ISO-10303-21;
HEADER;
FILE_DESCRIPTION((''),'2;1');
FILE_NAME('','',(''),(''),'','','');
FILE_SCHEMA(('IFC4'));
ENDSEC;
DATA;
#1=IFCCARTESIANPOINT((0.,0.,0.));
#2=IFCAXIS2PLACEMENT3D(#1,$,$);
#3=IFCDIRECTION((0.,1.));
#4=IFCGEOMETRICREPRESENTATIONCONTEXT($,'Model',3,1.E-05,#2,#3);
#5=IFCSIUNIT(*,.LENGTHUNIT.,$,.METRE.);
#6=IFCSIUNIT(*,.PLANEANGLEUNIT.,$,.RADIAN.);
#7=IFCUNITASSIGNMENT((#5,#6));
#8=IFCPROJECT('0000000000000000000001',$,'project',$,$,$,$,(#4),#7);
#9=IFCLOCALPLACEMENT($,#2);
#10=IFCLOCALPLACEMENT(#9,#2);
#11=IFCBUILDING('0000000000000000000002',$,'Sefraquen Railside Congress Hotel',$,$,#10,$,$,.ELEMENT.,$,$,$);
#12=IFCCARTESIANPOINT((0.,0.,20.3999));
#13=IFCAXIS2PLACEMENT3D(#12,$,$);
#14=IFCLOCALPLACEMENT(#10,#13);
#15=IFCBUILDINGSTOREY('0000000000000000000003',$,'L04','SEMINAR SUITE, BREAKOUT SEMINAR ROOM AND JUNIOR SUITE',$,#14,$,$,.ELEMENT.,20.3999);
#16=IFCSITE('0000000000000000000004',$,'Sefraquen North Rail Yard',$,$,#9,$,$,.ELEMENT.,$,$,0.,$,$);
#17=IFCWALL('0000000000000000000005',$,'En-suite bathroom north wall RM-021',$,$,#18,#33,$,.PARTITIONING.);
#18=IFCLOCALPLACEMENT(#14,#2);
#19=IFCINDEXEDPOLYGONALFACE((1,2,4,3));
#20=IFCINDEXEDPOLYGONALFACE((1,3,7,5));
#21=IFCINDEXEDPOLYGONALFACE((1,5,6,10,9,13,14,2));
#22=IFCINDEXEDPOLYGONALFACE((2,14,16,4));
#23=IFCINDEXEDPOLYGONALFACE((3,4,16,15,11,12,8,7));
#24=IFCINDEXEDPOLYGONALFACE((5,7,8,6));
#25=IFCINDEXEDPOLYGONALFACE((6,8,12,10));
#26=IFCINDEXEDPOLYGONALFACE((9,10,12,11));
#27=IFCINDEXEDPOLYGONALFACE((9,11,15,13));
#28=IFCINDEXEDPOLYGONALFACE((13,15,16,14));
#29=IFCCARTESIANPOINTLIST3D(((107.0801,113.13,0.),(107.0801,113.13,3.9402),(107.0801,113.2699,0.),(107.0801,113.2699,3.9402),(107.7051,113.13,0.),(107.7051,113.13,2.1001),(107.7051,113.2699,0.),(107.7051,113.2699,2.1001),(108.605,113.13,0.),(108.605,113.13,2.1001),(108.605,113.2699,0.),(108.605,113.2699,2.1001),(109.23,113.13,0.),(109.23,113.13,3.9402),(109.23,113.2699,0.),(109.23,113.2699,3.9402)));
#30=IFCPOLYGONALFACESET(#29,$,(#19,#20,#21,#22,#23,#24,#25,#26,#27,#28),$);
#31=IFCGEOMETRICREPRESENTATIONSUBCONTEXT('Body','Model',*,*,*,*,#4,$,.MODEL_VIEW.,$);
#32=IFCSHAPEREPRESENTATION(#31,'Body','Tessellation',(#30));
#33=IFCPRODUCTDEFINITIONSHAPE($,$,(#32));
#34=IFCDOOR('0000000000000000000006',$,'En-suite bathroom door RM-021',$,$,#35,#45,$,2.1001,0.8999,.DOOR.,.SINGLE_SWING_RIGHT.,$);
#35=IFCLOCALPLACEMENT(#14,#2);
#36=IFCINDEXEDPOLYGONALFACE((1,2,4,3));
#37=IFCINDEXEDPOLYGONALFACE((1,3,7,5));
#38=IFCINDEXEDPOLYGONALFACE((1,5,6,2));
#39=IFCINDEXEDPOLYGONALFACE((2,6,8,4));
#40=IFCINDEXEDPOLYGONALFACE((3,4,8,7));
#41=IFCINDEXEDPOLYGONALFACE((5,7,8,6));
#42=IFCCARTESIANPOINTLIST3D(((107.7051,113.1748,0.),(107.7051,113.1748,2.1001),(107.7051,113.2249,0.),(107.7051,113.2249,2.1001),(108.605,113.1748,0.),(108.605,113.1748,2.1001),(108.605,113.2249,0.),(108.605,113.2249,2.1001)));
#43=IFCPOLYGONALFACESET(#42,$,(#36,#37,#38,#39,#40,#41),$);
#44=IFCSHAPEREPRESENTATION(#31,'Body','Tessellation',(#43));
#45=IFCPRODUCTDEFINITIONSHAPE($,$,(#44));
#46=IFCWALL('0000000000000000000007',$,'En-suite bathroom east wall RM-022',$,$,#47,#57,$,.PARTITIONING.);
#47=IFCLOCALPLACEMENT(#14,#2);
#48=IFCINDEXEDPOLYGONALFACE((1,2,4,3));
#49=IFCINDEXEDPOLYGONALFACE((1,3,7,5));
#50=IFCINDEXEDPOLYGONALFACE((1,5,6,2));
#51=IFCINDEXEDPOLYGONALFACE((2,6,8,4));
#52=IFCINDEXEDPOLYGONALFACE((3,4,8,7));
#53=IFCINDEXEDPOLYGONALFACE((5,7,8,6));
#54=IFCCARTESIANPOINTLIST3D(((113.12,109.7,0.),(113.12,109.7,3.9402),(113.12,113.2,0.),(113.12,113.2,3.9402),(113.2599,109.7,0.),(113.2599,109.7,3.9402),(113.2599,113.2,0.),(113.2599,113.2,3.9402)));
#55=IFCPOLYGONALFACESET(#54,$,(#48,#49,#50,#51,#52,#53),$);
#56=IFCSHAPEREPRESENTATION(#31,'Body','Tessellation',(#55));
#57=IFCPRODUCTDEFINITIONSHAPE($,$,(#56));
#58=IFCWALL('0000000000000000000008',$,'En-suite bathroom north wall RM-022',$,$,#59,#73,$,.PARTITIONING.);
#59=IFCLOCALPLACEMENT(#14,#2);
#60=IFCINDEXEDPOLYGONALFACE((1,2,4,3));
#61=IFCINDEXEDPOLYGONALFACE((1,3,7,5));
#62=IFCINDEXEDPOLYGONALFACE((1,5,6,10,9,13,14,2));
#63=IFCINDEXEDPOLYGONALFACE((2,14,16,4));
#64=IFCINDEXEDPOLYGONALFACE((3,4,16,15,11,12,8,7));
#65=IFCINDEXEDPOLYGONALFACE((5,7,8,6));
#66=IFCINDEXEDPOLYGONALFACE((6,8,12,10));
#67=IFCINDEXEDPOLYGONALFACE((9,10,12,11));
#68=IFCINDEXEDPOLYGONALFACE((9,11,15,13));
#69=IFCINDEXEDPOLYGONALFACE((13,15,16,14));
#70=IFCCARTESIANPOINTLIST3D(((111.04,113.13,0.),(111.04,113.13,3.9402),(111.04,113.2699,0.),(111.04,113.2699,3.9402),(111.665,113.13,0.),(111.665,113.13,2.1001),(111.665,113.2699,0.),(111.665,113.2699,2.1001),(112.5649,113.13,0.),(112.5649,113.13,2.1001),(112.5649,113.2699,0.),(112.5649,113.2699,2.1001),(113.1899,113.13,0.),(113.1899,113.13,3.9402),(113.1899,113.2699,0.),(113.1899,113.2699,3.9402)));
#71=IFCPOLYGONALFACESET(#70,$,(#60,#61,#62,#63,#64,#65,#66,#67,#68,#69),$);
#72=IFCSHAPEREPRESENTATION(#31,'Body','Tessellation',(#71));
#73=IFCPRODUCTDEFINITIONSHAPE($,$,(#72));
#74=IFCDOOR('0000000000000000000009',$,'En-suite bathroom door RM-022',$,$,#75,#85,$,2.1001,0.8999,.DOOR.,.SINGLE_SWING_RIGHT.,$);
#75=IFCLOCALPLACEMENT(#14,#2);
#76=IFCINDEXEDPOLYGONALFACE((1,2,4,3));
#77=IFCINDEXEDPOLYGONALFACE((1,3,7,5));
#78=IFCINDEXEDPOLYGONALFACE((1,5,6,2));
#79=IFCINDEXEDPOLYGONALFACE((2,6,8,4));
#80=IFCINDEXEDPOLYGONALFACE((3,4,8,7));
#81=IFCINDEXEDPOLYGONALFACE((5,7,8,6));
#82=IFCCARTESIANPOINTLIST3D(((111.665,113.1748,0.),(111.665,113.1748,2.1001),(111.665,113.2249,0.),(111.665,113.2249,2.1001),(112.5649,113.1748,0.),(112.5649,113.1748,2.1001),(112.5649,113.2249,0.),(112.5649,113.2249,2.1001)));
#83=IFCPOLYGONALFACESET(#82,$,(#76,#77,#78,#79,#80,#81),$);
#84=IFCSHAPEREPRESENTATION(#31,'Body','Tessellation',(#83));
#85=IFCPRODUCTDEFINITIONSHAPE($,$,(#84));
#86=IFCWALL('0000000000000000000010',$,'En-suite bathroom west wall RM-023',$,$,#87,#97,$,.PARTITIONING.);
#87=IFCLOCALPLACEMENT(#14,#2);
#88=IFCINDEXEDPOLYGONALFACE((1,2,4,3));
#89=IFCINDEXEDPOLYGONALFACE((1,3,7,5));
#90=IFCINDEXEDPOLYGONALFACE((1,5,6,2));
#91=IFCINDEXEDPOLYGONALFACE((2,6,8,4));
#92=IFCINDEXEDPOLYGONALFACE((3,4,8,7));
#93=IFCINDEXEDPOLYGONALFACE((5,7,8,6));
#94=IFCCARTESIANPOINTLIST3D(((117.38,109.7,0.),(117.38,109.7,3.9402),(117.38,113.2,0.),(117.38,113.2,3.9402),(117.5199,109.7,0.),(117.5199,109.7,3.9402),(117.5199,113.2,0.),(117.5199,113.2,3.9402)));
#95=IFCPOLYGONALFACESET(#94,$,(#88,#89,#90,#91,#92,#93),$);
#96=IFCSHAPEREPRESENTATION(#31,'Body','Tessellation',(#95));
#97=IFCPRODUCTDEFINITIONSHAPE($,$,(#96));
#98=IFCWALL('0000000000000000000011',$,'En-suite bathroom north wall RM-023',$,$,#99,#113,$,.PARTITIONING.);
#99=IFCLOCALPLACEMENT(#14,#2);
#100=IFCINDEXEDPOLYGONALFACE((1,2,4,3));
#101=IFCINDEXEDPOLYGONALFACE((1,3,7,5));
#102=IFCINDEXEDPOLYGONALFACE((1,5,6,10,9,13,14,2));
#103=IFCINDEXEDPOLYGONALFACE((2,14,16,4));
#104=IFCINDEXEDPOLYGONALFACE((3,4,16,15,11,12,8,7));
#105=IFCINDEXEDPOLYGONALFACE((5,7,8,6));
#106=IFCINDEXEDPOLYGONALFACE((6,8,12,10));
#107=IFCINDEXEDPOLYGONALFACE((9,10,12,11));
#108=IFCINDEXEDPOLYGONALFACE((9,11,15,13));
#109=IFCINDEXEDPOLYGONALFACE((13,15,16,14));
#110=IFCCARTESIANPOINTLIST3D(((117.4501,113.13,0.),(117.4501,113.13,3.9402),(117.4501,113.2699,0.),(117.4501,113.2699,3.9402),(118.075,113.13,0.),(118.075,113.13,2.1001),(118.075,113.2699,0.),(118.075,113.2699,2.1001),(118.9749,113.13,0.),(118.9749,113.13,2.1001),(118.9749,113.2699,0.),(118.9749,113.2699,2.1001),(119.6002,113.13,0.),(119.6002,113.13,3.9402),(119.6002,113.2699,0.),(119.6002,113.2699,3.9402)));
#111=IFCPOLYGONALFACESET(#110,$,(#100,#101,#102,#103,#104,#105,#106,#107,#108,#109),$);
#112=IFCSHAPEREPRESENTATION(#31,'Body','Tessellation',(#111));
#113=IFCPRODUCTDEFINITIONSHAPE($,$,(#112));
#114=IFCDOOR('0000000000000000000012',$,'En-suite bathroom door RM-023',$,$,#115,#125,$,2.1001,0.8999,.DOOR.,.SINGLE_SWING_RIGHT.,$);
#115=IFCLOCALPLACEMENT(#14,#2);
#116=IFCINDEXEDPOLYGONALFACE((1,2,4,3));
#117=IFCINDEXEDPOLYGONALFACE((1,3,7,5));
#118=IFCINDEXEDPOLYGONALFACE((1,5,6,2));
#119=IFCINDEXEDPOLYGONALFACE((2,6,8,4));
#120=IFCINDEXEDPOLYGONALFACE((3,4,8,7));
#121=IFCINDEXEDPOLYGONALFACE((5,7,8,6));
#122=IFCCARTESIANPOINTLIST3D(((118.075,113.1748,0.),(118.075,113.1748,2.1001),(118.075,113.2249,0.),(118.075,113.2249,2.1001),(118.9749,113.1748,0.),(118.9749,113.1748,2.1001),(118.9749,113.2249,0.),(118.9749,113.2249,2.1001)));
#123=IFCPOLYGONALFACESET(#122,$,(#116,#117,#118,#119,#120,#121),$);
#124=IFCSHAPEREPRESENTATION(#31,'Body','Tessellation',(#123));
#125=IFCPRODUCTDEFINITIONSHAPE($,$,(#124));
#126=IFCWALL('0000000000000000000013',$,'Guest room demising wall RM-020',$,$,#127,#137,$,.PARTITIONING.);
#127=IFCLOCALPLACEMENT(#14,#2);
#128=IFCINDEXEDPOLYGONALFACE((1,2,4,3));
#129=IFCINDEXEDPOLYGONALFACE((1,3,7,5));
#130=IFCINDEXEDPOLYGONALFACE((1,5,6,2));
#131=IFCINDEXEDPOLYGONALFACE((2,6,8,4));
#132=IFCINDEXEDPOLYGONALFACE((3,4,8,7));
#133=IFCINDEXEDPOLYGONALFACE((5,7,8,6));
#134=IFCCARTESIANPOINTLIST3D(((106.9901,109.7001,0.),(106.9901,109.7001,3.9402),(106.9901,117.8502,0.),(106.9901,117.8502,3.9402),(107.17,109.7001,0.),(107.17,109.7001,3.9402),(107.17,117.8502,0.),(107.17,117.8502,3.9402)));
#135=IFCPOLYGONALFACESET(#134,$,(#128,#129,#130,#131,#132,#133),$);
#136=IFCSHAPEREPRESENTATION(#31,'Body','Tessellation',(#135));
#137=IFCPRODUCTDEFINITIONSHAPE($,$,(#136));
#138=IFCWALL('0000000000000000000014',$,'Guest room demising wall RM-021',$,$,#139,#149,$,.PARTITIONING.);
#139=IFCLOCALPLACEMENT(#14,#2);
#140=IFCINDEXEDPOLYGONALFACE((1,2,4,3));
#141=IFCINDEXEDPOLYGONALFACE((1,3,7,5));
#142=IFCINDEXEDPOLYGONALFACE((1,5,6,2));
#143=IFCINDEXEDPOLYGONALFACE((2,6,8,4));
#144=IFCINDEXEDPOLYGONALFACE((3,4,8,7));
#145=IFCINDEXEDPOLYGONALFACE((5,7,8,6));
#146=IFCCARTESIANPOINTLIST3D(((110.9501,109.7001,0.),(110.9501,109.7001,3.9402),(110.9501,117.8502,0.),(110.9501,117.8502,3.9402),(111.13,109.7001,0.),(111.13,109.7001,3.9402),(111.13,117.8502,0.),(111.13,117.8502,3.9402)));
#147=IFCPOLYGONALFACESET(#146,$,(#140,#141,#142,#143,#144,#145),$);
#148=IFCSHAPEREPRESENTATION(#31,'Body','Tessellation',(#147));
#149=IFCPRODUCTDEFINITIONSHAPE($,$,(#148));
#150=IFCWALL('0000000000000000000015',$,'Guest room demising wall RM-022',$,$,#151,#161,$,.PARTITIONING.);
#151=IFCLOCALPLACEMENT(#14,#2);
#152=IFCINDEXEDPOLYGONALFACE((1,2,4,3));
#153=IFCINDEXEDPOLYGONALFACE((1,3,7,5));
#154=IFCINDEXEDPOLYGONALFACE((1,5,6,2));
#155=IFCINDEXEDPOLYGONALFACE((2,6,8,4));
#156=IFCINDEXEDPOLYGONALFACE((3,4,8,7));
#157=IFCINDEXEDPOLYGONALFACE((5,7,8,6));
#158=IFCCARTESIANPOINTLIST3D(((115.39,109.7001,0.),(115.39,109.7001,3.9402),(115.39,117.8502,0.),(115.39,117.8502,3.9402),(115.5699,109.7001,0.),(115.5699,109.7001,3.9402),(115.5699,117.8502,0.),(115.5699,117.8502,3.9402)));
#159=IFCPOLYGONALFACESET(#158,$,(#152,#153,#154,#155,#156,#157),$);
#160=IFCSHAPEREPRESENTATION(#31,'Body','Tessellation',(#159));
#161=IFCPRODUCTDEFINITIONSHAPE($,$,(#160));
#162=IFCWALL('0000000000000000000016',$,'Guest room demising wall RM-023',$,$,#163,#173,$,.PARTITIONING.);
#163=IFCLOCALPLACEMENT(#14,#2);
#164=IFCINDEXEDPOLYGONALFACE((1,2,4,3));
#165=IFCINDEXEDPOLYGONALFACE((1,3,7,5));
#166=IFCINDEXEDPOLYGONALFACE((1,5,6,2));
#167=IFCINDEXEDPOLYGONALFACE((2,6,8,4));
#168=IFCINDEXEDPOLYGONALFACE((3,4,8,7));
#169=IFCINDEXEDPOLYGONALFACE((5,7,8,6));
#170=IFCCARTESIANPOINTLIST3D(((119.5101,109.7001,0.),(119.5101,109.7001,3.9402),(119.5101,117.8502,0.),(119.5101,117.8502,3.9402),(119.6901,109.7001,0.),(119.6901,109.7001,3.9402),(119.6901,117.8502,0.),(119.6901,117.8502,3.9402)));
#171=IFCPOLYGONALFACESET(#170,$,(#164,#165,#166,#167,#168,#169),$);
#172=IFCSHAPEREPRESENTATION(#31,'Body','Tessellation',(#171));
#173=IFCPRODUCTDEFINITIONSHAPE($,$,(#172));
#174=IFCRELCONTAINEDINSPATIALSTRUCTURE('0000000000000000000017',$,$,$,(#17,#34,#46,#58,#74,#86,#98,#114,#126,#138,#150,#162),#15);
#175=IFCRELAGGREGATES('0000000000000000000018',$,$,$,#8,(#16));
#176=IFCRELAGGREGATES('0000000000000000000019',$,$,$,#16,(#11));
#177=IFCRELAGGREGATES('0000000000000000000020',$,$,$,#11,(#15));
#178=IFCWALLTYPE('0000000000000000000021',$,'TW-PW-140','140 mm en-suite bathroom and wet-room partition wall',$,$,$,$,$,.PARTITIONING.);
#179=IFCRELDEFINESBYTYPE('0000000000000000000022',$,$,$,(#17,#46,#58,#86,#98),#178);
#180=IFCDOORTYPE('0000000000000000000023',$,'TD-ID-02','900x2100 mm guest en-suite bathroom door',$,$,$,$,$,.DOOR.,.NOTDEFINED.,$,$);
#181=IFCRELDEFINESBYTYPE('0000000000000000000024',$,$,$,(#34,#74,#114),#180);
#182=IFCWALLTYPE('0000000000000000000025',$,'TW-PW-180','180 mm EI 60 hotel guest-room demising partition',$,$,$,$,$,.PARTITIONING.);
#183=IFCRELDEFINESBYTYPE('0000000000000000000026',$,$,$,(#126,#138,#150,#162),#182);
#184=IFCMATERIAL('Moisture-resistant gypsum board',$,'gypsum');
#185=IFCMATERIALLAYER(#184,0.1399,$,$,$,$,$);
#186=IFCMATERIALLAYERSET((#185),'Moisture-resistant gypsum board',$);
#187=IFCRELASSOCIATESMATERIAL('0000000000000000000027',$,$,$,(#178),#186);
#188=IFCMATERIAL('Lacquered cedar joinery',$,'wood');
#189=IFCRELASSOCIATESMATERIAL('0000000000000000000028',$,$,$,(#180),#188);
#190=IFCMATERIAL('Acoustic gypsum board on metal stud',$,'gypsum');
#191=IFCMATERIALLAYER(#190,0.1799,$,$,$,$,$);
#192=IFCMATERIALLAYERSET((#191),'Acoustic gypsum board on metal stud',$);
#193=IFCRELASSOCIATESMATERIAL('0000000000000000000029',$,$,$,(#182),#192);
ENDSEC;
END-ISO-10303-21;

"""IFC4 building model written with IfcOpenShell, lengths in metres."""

from ifc_helpers import new_model, si_unit, direction, frame, frame_2d, origin, place, context, subcontext, project, spatial, rectangle, extrude, material, layer, layer_set, type_object, element, fill, save


model = new_model("IFC4")

# Units and contexts
model_context = context("Model", 3, precision=1e-05, world=origin(), true_north=direction((0.0, 1.0)))
body_context = subcontext(model_context, "Body", "Model", "MODEL_VIEW")
ifc_project = project(units=[si_unit("LENGTHUNIT", "METRE"), si_unit("PLANEANGLEUNIT", "RADIAN")], contexts=[model_context])

# Site, building, storey
site_placement = place(None, origin())
site = spatial("IfcSite", under=ifc_project, at=site_placement, Name="Sefraquen North Rail Yard", CompositionType="ELEMENT", RefElevation=0.0)
building_placement = place(site_placement, origin())
building = spatial("IfcBuilding", under=site, at=building_placement, Name="Sefraquen Railside Congress Hotel", CompositionType="ELEMENT")
storey_placement = place(building_placement, frame((0.0, 0.0, 20.3999)))
storey = spatial("IfcBuildingStorey", under=building, at=storey_placement, Name="L04", Description="SEMINAR SUITE, BREAKOUT SEMINAR ROOM AND JUNIOR SUITE", CompositionType="ELEMENT", Elevation=20.3999)

# Shared definitions
ifc_material_1 = material(Name="Moisture-resistant gypsum board", Category="gypsum")
ifc_layer_1 = layer(ifc_material_1, 0.1399)
ifc_layer_set_1 = layer_set([ifc_layer_1], Name="Moisture-resistant gypsum board")
wall_type_1 = type_object("IfcWallType", Name="TW-PW-140", Description="140 mm en-suite bathroom and wet-room partition wall", PredefinedType="PARTITIONING", material=ifc_layer_set_1)

# Wall, opening, door
wall_1_placement = place(storey_placement, frame((107.0801, 113.2, 0.0), z_axis=(0.0, 0.0, 1.0), x_axis=(1.0, 0.0, 0.0)))
wall_1 = element("IfcWall", 1, at=wall_1_placement, inside=storey, type_object=wall_type_1, Name="En-suite bathroom north wall RM-021", PredefinedType="PARTITIONING", context=body_context, shape_type="SweptSolid", body=[
    extrude(rectangle(XDim=2.1499, YDim=0.1399, at=frame_2d((1.075, 0.0))), origin(), (0.0, 0.0, 1.0), 3.9402),
])
opening_1_placement = place(wall_1_placement, frame((0.625, 0.0, 0.0)))
opening_1 = element("IfcOpeningElement", 2, at=opening_1_placement, cuts=wall_1, PredefinedType="OPENING", context=body_context, shape_type="SweptSolid", body=[
    extrude(rectangle(XDim=0.8999, YDim=2.1001, at=frame_2d((0.45, 1.05))), frame((0.0, 0.0798, 0.0), z_axis=(0.0, -1.0, 0.0), x_axis=(1.0, 0.0, 0.0)), (0.0, 0.0, 1.0), 0.1599),
])
ifc_material_2 = material(Name="Lacquered cedar joinery", Category="wood")
door_type = type_object("IfcDoorType", Name="TD-ID-02", Description="900x2100 mm guest en-suite bathroom door", OperationType="NOTDEFINED", PredefinedType="DOOR", material=ifc_material_2)
door_1_placement = place(opening_1_placement, origin())
door_1 = element("IfcDoor", 3, at=door_1_placement, inside=storey, type_object=door_type, Name="En-suite bathroom door RM-021", OperationType="SINGLE_SWING_RIGHT", OverallHeight=2.1001, OverallWidth=0.8999, PredefinedType="DOOR", context=body_context, shape_type="SweptSolid", body=[
    extrude(rectangle(XDim=0.8999, YDim=2.1001, at=frame_2d((0.45, 1.05))), frame((0.0, 0.0249, 0.0), z_axis=(0.0, -1.0, 0.0), x_axis=(1.0, 0.0, 0.0)), (0.0, 0.0, 1.0), 0.05),
])
fill(opening_1, door_1)

# Wall
wall_2_placement = place(storey_placement, frame((113.1899, 109.7, 0.0), z_axis=(0.0, 0.0, 1.0), x_axis=(0.0, 1.0, 0.0)))
element("IfcWall", 4, at=wall_2_placement, inside=storey, type_object=wall_type_1, Name="En-suite bathroom east wall RM-022", PredefinedType="PARTITIONING", context=body_context, shape_type="SweptSolid", body=[
    extrude(rectangle(XDim=3.5, YDim=0.1399, at=frame_2d((1.75, 0.0))), origin(), (0.0, 0.0, 1.0), 3.9402),
])

# Wall, opening, door
wall_3_placement = place(storey_placement, frame((111.04, 113.2, 0.0), z_axis=(0.0, 0.0, 1.0), x_axis=(1.0, 0.0, 0.0)))
wall_3 = element("IfcWall", 5, at=wall_3_placement, inside=storey, type_object=wall_type_1, Name="En-suite bathroom north wall RM-022", PredefinedType="PARTITIONING", context=body_context, shape_type="SweptSolid", body=[
    extrude(rectangle(XDim=2.1499, YDim=0.1399, at=frame_2d((1.075, 0.0))), origin(), (0.0, 0.0, 1.0), 3.9402),
])
opening_2_placement = place(wall_3_placement, frame((0.625, 0.0, 0.0)))
opening_2 = element("IfcOpeningElement", 6, at=opening_2_placement, cuts=wall_3, PredefinedType="OPENING", context=body_context, shape_type="SweptSolid", body=[
    extrude(rectangle(XDim=0.8999, YDim=2.1001, at=frame_2d((0.45, 1.05))), frame((0.0, 0.0798, 0.0), z_axis=(0.0, -1.0, 0.0), x_axis=(1.0, 0.0, 0.0)), (0.0, 0.0, 1.0), 0.1599),
])
door_2_placement = place(opening_2_placement, origin())
door_2 = element("IfcDoor", 7, at=door_2_placement, inside=storey, type_object=door_type, Name="En-suite bathroom door RM-022", OperationType="SINGLE_SWING_RIGHT", OverallHeight=2.1001, OverallWidth=0.8999, PredefinedType="DOOR", context=body_context, shape_type="SweptSolid", body=[
    extrude(rectangle(XDim=0.8999, YDim=2.1001, at=frame_2d((0.45, 1.05))), frame((0.0, 0.0249, 0.0), z_axis=(0.0, -1.0, 0.0), x_axis=(1.0, 0.0, 0.0)), (0.0, 0.0, 1.0), 0.05),
])
fill(opening_2, door_2)

# Wall
wall_4_placement = place(storey_placement, frame((117.45, 109.7, 0.0), z_axis=(0.0, 0.0, 1.0), x_axis=(0.0, 1.0, 0.0)))
element("IfcWall", 8, at=wall_4_placement, inside=storey, type_object=wall_type_1, Name="En-suite bathroom west wall RM-023", PredefinedType="PARTITIONING", context=body_context, shape_type="SweptSolid", body=[
    extrude(rectangle(XDim=3.5, YDim=0.1399, at=frame_2d((1.75, 0.0))), origin(), (0.0, 0.0, 1.0), 3.9402),
])

# Wall, opening, door
wall_5_placement = place(storey_placement, frame((117.45, 113.2, 0.0), z_axis=(0.0, 0.0, 1.0), x_axis=(1.0, 0.0, 0.0)))
wall_5 = element("IfcWall", 9, at=wall_5_placement, inside=storey, type_object=wall_type_1, Name="En-suite bathroom north wall RM-023", PredefinedType="PARTITIONING", context=body_context, shape_type="SweptSolid", body=[
    extrude(rectangle(XDim=2.1501, YDim=0.1399, at=frame_2d((1.0752, 0.0))), origin(), (0.0, 0.0, 1.0), 3.9402),
])
opening_3_placement = place(wall_5_placement, frame((0.625, 0.0, 0.0)))
opening_3 = element("IfcOpeningElement", 10, at=opening_3_placement, cuts=wall_5, PredefinedType="OPENING", context=body_context, shape_type="SweptSolid", body=[
    extrude(rectangle(XDim=0.8999, YDim=2.1001, at=frame_2d((0.45, 1.05))), frame((0.0, 0.0798, 0.0), z_axis=(0.0, -1.0, 0.0), x_axis=(1.0, 0.0, 0.0)), (0.0, 0.0, 1.0), 0.1599),
])
door_3_placement = place(opening_3_placement, origin())
door_3 = element("IfcDoor", 11, at=door_3_placement, inside=storey, type_object=door_type, Name="En-suite bathroom door RM-023", OperationType="SINGLE_SWING_RIGHT", OverallHeight=2.1001, OverallWidth=0.8999, PredefinedType="DOOR", context=body_context, shape_type="SweptSolid", body=[
    extrude(rectangle(XDim=0.8999, YDim=2.1001, at=frame_2d((0.45, 1.05))), frame((0.0, 0.0249, 0.0), z_axis=(0.0, -1.0, 0.0), x_axis=(1.0, 0.0, 0.0)), (0.0, 0.0, 1.0), 0.05),
])
fill(opening_3, door_3)

# Walls
ifc_material_3 = material(Name="Acoustic gypsum board on metal stud", Category="gypsum")
ifc_layer_2 = layer(ifc_material_3, 0.1799)
ifc_layer_set_2 = layer_set([ifc_layer_2], Name="Acoustic gypsum board on metal stud")
wall_type_2 = type_object("IfcWallType", Name="TW-PW-180", Description="180 mm EI 60 hotel guest-room demising partition", PredefinedType="PARTITIONING", material=ifc_layer_set_2)
for number, where, z_axis, x_axis, name in (
    (12, (107.0801, 109.7, 0.0), (0.0, 0.0, 1.0), (0.0, 1.0, 0.0), "Guest room demising wall RM-020"),
    (13, (111.04, 109.7, 0.0), (0.0, 0.0, 1.0), (0.0, 1.0, 0.0), "Guest room demising wall RM-021"),
    (14, (115.48, 109.7, 0.0), (0.0, 0.0, 1.0), (0.0, 1.0, 0.0), "Guest room demising wall RM-022"),
    (15, (119.6001, 109.7, 0.0), (0.0, 0.0, 1.0), (0.0, 1.0, 0.0), "Guest room demising wall RM-023"),
):
    element("IfcWall", number, at=place(storey_placement, frame(where, z_axis=z_axis, x_axis=x_axis)), inside=storey, type_object=wall_type_2, Name=name, PredefinedType="PARTITIONING", context=body_context, shape_type="SweptSolid", body=[
        extrude(rectangle(XDim=8.1501, YDim=0.1799, at=frame_2d((4.0752, 0.0))), origin(), (0.0, 0.0, 1.0), 3.9402),
    ])

save(model, "model.ifc")
